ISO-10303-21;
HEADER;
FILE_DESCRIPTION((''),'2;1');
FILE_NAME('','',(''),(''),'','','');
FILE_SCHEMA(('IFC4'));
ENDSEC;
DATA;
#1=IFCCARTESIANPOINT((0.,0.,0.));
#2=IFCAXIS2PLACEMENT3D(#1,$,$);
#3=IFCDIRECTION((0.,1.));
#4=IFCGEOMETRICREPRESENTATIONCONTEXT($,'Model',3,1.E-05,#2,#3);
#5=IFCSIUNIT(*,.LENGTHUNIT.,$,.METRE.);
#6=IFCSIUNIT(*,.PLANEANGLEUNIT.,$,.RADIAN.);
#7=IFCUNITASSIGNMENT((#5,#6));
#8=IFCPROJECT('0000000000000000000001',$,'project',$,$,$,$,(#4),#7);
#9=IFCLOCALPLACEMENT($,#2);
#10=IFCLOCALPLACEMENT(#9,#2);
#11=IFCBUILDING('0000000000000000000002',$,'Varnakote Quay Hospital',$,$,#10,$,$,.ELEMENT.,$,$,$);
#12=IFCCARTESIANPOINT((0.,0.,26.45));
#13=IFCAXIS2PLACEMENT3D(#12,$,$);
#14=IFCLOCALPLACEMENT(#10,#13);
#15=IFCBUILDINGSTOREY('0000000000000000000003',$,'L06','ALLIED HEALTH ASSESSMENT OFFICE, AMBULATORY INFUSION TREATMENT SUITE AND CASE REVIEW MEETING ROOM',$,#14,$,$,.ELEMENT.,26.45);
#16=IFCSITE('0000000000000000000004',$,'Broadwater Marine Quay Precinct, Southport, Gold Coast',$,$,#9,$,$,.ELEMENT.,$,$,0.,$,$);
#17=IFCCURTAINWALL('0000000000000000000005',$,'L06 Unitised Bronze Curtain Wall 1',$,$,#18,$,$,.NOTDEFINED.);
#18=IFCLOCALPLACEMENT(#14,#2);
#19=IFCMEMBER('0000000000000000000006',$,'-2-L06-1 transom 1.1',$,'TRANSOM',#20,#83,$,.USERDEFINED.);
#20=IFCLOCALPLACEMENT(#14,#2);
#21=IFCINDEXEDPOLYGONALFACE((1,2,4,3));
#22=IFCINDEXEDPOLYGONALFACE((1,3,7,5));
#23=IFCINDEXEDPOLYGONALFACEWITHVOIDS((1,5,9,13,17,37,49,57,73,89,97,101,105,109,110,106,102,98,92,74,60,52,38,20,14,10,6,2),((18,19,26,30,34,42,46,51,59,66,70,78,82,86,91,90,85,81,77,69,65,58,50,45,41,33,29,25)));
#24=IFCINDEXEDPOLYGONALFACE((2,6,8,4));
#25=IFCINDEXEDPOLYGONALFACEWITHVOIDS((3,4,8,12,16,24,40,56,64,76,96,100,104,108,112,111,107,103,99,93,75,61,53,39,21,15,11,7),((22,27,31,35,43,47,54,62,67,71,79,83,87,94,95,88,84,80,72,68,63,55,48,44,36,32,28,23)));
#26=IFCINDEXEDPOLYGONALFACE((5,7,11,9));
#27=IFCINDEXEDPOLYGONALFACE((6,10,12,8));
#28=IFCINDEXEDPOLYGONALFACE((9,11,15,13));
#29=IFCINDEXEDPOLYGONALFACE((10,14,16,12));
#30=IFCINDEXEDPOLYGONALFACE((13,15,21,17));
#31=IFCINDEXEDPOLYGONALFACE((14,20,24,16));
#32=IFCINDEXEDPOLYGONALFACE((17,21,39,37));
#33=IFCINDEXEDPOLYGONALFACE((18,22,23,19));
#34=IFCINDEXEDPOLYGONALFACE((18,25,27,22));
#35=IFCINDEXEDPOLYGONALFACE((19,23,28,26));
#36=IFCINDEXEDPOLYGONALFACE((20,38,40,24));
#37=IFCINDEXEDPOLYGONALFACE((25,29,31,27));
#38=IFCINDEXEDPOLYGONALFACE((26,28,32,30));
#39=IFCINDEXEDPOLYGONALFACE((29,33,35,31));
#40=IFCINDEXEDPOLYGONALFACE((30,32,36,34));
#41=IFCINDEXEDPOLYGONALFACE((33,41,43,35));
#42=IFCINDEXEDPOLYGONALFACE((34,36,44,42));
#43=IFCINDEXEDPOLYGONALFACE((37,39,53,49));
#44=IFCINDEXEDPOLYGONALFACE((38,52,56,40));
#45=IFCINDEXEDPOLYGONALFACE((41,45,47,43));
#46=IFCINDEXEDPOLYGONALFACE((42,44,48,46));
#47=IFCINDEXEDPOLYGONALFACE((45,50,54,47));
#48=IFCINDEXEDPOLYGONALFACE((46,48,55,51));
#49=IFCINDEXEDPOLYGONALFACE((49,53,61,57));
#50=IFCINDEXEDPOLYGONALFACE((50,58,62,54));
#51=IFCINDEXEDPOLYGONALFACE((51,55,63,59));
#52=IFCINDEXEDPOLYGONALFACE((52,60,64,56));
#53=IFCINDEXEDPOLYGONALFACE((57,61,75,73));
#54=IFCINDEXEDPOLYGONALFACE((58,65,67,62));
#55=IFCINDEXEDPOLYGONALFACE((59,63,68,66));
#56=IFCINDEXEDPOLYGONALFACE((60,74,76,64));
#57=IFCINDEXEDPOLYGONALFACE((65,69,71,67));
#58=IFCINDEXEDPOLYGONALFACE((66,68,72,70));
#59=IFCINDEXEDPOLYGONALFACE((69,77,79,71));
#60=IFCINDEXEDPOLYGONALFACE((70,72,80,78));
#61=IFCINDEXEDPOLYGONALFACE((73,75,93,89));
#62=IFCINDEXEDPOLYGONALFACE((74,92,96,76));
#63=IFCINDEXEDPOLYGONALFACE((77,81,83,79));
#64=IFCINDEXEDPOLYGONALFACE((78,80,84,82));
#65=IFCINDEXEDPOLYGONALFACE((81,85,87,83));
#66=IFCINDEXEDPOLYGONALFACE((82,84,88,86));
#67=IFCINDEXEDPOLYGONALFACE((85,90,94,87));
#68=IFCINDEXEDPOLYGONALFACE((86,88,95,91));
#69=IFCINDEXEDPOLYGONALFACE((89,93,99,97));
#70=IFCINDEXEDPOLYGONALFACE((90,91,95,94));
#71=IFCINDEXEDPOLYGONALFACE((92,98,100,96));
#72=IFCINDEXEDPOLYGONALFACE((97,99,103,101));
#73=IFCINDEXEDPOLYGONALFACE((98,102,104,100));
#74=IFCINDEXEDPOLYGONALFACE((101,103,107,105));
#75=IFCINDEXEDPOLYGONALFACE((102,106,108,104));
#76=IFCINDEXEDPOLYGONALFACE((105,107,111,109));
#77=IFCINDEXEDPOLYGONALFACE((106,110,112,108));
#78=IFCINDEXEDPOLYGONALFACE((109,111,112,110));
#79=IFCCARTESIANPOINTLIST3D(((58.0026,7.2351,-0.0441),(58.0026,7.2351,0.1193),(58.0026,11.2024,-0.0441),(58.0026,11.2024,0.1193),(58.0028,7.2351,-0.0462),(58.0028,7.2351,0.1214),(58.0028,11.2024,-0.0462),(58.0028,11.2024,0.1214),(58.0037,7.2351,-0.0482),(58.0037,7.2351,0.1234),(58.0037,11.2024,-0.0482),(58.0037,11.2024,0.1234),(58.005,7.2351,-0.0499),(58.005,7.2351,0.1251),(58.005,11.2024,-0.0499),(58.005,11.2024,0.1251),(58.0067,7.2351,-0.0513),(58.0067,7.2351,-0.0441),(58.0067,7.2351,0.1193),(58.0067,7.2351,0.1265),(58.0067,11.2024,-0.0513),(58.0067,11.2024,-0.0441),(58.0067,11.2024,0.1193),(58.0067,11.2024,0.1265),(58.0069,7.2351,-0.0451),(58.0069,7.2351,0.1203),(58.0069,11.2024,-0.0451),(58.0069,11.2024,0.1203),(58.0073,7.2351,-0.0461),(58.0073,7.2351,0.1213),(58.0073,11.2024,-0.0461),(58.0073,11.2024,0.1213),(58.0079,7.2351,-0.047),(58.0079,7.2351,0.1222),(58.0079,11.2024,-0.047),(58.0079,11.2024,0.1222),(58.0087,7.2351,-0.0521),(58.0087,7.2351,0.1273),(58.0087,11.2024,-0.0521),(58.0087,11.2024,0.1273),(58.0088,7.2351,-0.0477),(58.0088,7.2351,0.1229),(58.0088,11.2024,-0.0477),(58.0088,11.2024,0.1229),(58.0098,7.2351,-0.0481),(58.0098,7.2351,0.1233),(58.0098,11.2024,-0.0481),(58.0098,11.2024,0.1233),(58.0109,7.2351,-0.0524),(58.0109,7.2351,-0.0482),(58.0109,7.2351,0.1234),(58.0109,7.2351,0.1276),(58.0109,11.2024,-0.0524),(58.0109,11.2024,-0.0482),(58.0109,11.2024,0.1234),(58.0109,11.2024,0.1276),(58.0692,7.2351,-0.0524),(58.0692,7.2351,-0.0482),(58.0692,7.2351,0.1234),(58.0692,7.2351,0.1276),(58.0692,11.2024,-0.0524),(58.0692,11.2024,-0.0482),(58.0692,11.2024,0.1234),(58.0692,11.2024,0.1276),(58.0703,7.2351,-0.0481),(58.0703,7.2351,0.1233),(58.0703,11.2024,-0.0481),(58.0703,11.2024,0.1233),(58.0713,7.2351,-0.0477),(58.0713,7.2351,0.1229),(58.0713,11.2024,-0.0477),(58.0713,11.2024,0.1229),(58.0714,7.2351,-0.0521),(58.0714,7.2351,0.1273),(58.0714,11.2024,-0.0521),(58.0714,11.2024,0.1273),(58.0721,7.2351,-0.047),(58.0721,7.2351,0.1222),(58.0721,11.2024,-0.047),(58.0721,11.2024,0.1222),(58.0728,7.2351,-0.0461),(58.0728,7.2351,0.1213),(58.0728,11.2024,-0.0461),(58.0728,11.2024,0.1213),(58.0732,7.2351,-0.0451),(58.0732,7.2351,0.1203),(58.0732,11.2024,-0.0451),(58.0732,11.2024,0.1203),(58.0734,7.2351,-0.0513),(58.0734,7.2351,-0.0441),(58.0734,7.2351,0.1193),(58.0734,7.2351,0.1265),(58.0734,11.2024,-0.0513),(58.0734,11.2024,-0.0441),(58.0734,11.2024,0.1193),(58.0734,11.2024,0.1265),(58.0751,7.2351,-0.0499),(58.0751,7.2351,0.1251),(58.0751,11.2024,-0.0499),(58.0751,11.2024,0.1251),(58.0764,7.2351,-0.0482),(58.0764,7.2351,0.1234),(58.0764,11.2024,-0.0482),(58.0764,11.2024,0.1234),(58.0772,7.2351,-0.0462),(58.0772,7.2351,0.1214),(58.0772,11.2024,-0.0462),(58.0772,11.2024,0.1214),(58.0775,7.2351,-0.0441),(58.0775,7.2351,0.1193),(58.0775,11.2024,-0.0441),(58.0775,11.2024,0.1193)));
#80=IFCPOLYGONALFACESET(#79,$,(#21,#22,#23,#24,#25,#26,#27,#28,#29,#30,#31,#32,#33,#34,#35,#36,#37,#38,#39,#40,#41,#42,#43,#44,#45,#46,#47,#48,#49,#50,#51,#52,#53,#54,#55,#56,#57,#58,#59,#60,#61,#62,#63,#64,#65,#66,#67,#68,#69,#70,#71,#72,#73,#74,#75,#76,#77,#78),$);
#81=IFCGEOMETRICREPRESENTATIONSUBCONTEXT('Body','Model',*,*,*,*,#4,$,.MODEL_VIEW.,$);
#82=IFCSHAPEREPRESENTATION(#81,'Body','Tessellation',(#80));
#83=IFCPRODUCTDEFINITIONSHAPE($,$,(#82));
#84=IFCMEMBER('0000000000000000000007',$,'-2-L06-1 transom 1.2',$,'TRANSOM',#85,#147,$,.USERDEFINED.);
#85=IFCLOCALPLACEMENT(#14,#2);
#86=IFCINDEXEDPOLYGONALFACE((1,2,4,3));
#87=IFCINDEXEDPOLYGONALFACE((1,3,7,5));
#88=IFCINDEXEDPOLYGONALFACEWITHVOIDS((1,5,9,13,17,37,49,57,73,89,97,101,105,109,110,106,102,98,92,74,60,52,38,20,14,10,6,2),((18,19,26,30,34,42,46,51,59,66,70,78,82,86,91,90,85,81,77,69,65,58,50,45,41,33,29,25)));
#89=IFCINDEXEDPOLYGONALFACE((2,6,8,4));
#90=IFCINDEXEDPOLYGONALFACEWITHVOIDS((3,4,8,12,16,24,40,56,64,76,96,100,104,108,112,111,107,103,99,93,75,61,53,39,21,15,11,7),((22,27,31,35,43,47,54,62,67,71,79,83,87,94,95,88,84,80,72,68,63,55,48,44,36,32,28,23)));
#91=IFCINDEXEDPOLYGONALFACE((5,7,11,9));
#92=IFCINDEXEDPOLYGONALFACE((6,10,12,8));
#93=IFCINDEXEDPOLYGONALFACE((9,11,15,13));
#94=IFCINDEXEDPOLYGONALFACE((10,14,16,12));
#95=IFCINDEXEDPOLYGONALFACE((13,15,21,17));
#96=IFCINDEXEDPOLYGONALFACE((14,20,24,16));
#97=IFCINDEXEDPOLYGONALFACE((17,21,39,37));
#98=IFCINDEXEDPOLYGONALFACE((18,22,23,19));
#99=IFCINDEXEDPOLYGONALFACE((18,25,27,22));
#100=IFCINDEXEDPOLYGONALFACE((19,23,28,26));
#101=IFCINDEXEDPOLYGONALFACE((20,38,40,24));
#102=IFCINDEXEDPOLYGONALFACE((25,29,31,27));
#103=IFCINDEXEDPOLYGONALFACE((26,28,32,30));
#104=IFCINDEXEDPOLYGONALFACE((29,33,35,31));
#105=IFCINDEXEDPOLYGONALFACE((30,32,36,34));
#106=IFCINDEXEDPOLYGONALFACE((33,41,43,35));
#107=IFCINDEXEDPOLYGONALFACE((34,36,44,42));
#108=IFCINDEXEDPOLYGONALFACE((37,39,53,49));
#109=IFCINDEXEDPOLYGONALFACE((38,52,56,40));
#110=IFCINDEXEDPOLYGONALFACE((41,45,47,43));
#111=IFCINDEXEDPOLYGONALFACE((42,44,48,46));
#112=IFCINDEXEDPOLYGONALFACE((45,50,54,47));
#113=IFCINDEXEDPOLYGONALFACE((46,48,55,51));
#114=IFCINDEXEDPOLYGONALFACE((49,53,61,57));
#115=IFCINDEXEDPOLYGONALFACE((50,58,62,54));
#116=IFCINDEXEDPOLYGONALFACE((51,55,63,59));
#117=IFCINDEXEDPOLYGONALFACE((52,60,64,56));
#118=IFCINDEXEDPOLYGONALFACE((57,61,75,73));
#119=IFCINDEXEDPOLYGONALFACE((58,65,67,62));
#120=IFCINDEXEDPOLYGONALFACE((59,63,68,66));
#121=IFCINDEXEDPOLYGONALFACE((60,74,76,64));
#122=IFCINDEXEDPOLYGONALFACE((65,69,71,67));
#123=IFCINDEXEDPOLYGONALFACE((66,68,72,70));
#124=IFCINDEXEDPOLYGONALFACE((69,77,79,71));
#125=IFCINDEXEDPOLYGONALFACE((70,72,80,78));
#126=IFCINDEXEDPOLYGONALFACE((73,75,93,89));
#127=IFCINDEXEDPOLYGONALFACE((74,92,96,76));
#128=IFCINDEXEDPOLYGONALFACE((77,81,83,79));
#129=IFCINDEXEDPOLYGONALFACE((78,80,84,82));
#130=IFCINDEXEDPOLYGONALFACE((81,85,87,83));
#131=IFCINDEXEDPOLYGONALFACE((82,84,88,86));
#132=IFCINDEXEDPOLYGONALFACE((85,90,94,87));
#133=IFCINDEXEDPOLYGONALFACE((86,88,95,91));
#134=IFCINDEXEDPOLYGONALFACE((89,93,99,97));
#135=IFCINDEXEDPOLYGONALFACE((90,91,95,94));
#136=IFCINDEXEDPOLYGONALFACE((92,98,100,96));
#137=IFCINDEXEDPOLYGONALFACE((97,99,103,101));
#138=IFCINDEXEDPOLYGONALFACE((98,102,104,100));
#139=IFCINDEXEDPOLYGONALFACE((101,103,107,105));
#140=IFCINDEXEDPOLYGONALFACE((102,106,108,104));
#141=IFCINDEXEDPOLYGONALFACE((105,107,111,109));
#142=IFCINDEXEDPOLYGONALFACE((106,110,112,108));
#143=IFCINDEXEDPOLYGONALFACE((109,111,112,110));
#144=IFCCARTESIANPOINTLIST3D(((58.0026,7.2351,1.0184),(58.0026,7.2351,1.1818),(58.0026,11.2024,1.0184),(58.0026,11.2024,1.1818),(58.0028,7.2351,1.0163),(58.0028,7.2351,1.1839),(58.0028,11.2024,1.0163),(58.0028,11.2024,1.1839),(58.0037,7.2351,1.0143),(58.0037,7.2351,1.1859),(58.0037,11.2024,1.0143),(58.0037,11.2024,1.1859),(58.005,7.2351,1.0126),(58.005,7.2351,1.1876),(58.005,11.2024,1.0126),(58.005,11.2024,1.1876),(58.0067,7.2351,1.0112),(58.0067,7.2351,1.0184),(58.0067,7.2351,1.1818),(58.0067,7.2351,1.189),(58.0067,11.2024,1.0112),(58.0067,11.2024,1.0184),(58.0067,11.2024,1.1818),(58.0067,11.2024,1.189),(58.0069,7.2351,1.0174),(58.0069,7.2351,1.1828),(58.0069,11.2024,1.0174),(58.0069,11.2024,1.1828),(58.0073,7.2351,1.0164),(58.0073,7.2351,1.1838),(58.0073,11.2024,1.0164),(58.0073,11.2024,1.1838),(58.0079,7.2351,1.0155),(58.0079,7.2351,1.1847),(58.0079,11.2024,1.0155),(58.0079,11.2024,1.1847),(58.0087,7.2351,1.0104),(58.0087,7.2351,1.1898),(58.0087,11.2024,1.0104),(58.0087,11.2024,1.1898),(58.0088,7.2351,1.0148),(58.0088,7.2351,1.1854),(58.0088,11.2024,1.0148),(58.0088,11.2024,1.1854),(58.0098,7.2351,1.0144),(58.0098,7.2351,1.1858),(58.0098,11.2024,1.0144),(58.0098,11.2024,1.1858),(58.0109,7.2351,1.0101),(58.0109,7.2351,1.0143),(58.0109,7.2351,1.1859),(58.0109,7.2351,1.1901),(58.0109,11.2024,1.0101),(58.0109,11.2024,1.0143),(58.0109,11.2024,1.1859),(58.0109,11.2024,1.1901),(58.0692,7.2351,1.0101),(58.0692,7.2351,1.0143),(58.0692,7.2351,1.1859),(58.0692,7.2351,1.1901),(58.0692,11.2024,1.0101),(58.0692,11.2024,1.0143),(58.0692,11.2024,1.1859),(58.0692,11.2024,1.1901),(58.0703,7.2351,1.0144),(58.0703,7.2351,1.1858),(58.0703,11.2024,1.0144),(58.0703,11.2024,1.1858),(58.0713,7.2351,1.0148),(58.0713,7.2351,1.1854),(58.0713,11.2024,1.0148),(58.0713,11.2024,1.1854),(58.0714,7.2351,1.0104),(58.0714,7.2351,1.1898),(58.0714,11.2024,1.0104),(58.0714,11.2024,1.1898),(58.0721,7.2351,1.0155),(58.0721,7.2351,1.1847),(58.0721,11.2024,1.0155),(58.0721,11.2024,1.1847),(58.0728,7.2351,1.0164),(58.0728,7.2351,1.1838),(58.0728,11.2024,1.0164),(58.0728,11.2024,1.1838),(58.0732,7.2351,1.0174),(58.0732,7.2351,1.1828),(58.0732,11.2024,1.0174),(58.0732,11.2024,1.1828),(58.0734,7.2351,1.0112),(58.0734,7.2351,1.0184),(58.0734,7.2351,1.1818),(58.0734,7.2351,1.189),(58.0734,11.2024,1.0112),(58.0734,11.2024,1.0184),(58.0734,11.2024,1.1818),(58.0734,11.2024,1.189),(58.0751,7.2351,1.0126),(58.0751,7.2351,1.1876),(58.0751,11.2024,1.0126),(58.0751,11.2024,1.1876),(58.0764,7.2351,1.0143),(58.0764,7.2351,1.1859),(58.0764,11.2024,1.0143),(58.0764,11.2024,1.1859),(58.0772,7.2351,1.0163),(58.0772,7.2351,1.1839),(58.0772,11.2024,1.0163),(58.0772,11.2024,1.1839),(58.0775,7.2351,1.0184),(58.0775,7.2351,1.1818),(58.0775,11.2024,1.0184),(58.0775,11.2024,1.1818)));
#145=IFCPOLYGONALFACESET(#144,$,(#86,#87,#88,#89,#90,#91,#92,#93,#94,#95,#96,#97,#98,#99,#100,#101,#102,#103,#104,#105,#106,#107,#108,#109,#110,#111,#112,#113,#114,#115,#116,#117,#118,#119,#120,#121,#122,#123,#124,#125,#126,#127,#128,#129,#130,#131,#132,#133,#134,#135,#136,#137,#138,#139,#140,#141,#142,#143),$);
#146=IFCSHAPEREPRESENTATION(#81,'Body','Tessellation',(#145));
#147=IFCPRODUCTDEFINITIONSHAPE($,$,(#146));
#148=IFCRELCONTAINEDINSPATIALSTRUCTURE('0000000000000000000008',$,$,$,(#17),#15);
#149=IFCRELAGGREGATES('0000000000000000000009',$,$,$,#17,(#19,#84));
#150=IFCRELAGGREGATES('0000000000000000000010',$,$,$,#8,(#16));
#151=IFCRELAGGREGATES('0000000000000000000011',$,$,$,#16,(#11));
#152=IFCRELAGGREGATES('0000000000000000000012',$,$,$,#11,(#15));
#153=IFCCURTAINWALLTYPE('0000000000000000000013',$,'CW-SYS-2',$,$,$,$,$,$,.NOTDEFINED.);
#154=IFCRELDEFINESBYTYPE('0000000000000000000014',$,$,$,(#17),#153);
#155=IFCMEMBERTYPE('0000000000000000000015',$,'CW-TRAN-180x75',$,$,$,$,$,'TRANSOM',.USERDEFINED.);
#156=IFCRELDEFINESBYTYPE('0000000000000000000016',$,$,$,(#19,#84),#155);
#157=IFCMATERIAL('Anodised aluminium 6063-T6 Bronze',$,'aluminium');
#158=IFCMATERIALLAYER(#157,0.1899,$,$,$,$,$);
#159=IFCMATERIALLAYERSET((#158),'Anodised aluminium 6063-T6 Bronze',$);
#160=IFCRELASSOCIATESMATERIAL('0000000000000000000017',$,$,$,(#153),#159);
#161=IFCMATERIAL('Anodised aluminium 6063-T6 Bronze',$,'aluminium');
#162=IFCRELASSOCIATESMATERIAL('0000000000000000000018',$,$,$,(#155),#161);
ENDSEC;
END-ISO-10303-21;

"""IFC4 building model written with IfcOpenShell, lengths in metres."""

from ifc_helpers import new_model, si_unit, direction, frame, origin, origin_2d, place, context, subcontext, project, spatial, hollow_rectangle, extrude, material, layer, layer_set, material_profile, profile_set, type_object, element, aggregate, save


model = new_model("IFC4")

# Units and contexts
model_context = context("Model", 3, precision=1e-05, world=origin(), true_north=direction((0.0, 1.0)))
body_context = subcontext(model_context, "Body", "Model", "MODEL_VIEW")
ifc_project = project(units=[si_unit("LENGTHUNIT", "METRE"), si_unit("PLANEANGLEUNIT", "RADIAN")], contexts=[model_context])

# Site, building, storey
site_placement = place(None, origin())
site = spatial("IfcSite", under=ifc_project, at=site_placement, Name="Broadwater Marine Quay Precinct, Southport, Gold Coast", CompositionType="ELEMENT", RefElevation=0.0)
building_placement = place(site_placement, origin())
building = spatial("IfcBuilding", under=site, at=building_placement, Name="Varnakote Quay Hospital", CompositionType="ELEMENT")
storey_placement = place(building_placement, frame((0.0, 0.0, 26.45)))
storey = spatial("IfcBuildingStorey", under=building, at=storey_placement, Name="L06", Description="ALLIED HEALTH ASSESSMENT OFFICE, AMBULATORY INFUSION TREATMENT SUITE AND CASE REVIEW MEETING ROOM", CompositionType="ELEMENT", Elevation=26.45)

# Curtain wall, members
ifc_material_1 = material(Name="Anodised aluminium 6063-T6 Bronze", Category="aluminium")
ifc_layer_1 = layer(ifc_material_1, 0.1899)
ifc_layer_set_1 = layer_set([ifc_layer_1], Name="Anodised aluminium 6063-T6 Bronze")
curtain_wall_type = type_object("IfcCurtainWallType", Name="CW-SYS-2", PredefinedType="NOTDEFINED", material=ifc_layer_set_1)
curtain_wall_placement = place(storey_placement, origin())
curtain_wall = element("IfcCurtainWall", 1, at=curtain_wall_placement, inside=storey, type_object=curtain_wall_type, Name="L06 Unitised Bronze Curtain Wall 1", PredefinedType="NOTDEFINED")
ifc_material_2 = material(Name="Anodised aluminium 6063-T6 Bronze", Category="aluminium")
ifc_material_profile_1 = material_profile(ifc_material_2, hollow_rectangle(XDim=0.075, YDim=0.1799, WallThickness=0.0042, InnerFilletRadius=0.0042, OuterFilletRadius=0.0083, at=origin_2d()), Name="CW-TRAN-180x75")
ifc_profile_set_1 = profile_set([ifc_material_profile_1], Name="Anodised aluminium 6063-T6 Bronze")
member_type_1 = type_object("IfcMemberType", Name="CW-TRAN-180x75", ElementType="TRANSOM", PredefinedType="USERDEFINED", material=ifc_profile_set_1)
member_1_placement = place(storey_placement, frame((58.04, 7.2351, 0.0376), z_axis=(0.0, 1.0, 0.0), x_axis=(-1.0, 0.0, 0.0)))
member_1 = element("IfcMember", 2, at=member_1_placement, type_object=member_type_1, Name="-2-L06-1 transom 1.1", ObjectType="TRANSOM", PredefinedType="USERDEFINED", context=body_context, shape_type="SweptSolid", body=[
    extrude(hollow_rectangle(XDim=0.075, YDim=0.1799, WallThickness=0.0042, InnerFilletRadius=0.0042, OuterFilletRadius=0.0083, at=origin_2d()), origin(), (0.0, 0.0, 1.0), 3.9673),
])
member_2_placement = place(storey_placement, frame((58.04, 7.2351, 1.1001), z_axis=(0.0, 1.0, 0.0), x_axis=(-1.0, 0.0, 0.0)))
member_2 = element("IfcMember", 3, at=member_2_placement, type_object=member_type_1, Name="-2-L06-1 transom 1.2", ObjectType="TRANSOM", PredefinedType="USERDEFINED", context=body_context, shape_type="SweptSolid", body=[
    extrude(hollow_rectangle(XDim=0.075, YDim=0.1799, WallThickness=0.0042, InnerFilletRadius=0.0042, OuterFilletRadius=0.0083, at=origin_2d()), origin(), (0.0, 0.0, 1.0), 3.9673),
])
aggregate(curtain_wall, [member_1, member_2])

save(model, "model.ifc")
